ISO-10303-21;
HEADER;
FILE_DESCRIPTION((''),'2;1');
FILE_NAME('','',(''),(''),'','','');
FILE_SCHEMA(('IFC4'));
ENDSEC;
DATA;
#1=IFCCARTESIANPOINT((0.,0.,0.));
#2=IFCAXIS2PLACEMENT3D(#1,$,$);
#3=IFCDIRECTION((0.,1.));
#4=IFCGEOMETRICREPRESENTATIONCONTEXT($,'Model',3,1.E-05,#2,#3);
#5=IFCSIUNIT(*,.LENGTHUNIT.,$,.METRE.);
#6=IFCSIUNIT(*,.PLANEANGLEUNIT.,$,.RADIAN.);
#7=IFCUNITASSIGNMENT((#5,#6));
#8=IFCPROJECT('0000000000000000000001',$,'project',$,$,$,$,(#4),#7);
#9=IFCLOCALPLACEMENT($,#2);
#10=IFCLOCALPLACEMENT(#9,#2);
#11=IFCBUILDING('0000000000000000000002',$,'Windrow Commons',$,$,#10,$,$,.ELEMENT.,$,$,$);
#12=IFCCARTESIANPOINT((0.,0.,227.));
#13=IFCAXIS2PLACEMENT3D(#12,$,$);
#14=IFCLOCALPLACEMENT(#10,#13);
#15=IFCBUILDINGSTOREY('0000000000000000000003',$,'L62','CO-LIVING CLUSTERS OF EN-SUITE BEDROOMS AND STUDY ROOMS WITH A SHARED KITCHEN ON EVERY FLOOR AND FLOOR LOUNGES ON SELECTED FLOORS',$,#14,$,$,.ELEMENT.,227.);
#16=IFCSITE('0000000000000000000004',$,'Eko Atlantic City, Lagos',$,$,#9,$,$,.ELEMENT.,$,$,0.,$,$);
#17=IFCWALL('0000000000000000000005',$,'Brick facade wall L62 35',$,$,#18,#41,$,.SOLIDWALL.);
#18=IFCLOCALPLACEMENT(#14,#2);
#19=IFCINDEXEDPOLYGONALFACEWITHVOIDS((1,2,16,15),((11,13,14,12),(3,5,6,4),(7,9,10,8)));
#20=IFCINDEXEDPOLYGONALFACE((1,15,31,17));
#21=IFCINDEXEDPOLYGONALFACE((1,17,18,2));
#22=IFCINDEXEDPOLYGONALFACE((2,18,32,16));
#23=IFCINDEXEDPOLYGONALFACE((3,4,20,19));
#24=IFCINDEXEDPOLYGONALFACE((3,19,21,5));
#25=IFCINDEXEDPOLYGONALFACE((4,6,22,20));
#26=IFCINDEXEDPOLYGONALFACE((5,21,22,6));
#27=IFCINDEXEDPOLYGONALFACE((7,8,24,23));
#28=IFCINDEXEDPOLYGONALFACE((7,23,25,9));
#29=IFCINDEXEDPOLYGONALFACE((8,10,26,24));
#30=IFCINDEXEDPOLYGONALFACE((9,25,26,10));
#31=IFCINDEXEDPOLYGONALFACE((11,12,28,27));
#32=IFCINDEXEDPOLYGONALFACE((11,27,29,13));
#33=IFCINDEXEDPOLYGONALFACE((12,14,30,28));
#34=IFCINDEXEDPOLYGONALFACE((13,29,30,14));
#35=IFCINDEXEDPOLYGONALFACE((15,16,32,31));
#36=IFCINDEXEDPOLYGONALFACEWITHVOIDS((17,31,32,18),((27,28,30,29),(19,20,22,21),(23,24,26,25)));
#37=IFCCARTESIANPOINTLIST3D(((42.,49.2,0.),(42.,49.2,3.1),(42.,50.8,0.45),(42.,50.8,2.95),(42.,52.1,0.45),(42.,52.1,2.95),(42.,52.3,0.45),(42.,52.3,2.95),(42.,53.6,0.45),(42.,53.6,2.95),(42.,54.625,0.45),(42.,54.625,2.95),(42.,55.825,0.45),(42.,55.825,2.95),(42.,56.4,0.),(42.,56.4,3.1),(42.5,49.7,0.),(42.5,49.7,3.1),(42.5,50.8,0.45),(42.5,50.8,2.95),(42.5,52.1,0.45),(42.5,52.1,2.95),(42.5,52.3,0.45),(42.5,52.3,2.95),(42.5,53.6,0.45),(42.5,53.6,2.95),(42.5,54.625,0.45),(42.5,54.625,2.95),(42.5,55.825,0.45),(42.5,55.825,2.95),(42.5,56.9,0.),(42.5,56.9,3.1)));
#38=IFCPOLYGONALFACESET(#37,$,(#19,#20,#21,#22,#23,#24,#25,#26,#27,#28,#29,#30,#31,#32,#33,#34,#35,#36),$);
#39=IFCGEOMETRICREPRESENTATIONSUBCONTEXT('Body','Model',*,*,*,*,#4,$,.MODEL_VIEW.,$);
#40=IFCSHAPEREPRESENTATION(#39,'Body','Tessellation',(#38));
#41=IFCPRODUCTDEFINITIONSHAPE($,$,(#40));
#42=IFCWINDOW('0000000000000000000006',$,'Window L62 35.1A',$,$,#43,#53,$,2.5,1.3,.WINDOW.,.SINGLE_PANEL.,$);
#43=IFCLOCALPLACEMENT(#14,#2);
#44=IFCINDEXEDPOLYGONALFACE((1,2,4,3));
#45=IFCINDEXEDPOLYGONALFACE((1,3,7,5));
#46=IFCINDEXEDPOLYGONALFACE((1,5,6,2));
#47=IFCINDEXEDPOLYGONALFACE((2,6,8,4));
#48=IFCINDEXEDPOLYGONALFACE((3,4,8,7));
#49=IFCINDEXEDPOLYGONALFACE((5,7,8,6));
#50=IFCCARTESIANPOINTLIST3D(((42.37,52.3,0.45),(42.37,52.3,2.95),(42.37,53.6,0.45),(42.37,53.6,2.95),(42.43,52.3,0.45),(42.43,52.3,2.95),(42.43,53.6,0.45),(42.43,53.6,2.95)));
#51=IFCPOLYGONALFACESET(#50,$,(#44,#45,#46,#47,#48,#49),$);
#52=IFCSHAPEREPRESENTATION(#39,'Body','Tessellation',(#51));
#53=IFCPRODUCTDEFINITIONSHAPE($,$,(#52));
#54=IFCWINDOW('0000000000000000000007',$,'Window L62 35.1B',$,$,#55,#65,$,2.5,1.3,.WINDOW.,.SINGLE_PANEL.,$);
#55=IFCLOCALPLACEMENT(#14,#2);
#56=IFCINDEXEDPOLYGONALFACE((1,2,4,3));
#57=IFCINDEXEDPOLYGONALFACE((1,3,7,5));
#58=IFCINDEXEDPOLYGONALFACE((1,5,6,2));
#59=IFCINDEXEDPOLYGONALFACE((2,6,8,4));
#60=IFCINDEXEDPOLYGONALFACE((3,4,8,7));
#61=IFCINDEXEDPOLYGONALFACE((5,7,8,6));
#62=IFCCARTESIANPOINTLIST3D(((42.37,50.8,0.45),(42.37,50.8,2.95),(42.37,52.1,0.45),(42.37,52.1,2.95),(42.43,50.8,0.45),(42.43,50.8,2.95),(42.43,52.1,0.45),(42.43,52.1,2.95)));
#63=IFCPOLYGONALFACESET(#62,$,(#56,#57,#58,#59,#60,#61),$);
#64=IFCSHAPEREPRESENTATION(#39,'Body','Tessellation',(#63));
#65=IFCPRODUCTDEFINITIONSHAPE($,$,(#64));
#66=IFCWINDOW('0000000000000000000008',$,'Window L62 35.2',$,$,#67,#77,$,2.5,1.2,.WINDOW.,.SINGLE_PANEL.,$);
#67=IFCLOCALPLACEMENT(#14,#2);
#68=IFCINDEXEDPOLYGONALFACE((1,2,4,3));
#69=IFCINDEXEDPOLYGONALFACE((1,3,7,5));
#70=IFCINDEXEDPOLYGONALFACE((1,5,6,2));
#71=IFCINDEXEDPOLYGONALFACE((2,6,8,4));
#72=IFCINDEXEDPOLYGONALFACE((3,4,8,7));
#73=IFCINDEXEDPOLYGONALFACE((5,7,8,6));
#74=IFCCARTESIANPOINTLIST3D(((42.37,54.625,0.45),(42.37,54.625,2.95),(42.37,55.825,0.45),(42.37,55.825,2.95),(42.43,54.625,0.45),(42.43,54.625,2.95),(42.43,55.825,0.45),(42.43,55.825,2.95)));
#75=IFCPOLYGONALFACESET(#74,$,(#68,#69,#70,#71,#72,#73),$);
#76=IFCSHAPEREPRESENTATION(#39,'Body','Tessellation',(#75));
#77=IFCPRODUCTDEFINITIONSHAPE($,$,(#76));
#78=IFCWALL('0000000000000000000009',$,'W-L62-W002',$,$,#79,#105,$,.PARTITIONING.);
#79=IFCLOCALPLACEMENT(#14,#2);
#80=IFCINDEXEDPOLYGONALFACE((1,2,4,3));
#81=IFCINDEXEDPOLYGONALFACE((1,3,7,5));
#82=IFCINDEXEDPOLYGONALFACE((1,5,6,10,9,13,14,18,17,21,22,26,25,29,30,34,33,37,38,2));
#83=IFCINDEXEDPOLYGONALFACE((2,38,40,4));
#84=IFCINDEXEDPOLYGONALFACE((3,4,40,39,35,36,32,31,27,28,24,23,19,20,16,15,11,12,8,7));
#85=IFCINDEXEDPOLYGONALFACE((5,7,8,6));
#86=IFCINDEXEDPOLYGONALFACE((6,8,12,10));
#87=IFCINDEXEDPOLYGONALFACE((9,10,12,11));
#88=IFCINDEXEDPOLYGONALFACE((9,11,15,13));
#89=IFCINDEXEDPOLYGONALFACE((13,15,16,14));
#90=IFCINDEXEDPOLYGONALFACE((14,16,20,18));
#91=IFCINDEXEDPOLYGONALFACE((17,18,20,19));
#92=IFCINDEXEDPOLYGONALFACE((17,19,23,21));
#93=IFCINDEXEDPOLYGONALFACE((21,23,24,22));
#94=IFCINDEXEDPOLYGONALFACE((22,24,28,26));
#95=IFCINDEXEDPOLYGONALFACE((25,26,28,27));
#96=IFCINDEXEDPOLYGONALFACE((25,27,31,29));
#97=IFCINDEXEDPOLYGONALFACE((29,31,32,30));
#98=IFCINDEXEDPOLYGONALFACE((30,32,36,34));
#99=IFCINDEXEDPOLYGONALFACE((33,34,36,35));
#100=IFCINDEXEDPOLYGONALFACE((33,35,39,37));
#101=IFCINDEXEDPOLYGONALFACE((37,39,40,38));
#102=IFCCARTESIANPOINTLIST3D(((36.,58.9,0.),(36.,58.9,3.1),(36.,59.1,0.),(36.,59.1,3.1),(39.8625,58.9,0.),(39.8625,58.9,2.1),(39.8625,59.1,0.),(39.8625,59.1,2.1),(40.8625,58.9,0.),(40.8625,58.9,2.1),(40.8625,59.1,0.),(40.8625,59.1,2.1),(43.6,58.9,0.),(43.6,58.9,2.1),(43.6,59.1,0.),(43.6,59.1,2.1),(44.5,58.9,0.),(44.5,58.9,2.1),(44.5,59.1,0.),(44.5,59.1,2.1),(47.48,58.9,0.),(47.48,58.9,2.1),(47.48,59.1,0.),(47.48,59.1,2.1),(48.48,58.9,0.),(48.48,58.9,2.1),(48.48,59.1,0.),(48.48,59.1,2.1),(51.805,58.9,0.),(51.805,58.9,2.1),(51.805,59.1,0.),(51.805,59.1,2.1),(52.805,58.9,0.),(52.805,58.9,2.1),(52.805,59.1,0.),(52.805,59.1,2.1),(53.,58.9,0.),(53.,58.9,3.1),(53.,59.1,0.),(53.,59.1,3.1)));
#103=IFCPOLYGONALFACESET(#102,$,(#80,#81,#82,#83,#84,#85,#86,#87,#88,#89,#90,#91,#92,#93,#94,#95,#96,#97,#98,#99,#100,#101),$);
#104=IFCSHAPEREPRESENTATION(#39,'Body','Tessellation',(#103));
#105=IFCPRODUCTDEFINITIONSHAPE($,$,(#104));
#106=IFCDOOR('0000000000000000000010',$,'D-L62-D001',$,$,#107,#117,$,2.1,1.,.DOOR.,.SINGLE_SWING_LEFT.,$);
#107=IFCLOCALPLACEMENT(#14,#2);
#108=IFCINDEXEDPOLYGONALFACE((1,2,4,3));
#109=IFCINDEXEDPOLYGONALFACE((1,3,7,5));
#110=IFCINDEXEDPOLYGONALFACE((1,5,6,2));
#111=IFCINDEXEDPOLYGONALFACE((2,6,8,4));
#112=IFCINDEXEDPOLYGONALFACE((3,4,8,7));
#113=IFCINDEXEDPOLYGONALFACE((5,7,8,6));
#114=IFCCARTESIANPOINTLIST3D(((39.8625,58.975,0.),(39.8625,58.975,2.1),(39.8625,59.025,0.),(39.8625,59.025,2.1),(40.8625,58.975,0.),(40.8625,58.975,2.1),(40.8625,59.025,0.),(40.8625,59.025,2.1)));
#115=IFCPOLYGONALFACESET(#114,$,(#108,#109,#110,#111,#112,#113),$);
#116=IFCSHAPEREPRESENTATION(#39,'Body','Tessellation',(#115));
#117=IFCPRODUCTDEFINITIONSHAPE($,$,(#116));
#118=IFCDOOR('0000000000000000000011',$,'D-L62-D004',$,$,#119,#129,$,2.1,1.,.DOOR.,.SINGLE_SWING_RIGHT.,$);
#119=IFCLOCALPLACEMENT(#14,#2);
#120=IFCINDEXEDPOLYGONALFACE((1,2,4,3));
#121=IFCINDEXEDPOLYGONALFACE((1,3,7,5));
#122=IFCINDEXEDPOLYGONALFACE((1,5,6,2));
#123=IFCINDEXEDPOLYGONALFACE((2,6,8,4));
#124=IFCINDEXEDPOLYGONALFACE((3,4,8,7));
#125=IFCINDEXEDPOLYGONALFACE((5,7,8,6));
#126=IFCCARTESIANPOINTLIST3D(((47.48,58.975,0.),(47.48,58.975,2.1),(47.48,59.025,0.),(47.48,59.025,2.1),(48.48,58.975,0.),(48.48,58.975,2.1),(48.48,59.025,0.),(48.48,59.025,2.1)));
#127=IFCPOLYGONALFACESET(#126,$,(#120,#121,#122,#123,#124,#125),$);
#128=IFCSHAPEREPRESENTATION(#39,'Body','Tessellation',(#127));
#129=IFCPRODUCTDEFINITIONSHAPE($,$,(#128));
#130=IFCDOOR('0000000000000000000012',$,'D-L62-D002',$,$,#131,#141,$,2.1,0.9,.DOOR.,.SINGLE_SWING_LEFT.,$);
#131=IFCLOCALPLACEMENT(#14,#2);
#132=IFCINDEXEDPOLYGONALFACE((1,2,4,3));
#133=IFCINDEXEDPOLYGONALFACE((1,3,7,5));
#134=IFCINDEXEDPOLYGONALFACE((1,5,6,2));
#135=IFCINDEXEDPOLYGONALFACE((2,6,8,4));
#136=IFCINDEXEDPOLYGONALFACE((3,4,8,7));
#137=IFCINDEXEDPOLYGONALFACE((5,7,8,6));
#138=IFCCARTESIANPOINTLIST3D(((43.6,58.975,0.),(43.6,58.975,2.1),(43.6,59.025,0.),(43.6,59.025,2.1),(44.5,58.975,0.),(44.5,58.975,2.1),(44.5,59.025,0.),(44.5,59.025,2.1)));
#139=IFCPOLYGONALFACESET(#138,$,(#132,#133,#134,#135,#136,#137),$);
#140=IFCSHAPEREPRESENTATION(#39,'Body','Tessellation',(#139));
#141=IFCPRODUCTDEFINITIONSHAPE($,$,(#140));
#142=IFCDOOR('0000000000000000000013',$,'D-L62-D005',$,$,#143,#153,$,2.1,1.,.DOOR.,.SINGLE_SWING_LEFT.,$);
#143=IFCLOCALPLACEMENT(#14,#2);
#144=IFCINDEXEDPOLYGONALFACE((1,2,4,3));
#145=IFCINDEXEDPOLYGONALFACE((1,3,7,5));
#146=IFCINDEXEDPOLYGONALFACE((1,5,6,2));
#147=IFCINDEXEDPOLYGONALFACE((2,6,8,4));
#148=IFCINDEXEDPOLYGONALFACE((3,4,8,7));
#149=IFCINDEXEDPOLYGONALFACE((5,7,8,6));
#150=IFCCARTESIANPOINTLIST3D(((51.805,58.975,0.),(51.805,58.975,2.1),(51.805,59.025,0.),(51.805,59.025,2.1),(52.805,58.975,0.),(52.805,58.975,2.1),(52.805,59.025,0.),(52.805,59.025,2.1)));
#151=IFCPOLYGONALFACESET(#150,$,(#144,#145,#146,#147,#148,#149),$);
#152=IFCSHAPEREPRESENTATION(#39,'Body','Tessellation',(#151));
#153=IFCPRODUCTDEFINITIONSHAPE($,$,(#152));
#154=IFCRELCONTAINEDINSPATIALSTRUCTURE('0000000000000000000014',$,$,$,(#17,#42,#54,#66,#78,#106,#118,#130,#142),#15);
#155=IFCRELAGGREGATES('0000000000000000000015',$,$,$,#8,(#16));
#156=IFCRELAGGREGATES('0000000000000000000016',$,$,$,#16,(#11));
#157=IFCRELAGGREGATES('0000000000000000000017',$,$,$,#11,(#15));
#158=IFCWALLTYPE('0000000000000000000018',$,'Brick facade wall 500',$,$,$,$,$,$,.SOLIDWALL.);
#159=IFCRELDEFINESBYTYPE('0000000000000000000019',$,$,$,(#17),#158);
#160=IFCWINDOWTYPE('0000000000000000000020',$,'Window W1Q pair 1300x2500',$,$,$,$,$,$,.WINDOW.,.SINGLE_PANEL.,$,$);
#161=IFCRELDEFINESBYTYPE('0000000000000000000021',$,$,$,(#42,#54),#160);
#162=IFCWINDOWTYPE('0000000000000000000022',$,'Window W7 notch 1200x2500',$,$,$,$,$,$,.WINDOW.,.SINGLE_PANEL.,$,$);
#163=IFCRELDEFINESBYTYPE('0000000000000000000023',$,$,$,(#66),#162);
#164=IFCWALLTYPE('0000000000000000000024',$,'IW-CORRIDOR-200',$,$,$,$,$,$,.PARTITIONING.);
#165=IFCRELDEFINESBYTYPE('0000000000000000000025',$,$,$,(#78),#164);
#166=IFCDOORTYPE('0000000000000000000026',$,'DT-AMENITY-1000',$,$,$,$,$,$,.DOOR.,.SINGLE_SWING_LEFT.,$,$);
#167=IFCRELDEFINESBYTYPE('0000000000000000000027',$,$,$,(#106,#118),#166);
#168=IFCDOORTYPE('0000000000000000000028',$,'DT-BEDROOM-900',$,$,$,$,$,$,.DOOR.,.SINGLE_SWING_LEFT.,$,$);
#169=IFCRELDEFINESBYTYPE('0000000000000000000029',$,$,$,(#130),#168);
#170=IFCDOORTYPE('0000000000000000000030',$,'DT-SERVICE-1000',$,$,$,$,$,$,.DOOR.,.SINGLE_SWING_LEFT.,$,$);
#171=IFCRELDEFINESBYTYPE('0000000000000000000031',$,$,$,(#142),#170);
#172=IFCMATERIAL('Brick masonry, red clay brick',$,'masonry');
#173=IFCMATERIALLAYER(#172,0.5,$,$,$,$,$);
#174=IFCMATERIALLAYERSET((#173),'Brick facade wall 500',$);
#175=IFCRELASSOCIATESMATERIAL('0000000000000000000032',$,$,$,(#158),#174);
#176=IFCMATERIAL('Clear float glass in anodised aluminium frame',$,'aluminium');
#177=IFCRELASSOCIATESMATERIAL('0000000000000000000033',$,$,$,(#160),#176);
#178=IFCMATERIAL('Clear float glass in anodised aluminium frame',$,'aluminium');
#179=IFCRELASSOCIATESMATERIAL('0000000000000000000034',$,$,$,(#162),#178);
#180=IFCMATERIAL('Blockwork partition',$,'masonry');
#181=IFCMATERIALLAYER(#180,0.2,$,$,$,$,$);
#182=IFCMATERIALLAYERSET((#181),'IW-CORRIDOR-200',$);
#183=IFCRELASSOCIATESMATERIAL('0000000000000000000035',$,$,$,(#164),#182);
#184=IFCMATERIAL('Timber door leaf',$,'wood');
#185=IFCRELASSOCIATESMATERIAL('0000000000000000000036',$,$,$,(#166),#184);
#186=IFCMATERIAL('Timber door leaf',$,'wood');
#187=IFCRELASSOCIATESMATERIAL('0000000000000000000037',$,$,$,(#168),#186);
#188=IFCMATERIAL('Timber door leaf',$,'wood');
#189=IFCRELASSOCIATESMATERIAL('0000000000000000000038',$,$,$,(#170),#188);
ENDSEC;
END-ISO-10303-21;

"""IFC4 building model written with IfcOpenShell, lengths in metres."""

from ifc_helpers import new_model, si_unit, direction, frame, frame_2d, origin, place, context, subcontext, project, spatial, polyline, rectangle, outline, extrude, material, layer, layer_set, type_object, element, fill, save


model = new_model("IFC4")

# Units and contexts
model_context = context("Model", 3, precision=1e-05, world=origin(), true_north=direction((0.0, 1.0)))
body_context = subcontext(model_context, "Body", "Model", "MODEL_VIEW")
ifc_project = project(units=[si_unit("LENGTHUNIT", "METRE"), si_unit("PLANEANGLEUNIT", "RADIAN")], contexts=[model_context])

# Site, building, storey
site_placement = place(None, origin())
site = spatial("IfcSite", under=ifc_project, at=site_placement, Name="Eko Atlantic City, Lagos", CompositionType="ELEMENT", RefElevation=0.0)
building_placement = place(site_placement, origin())
building = spatial("IfcBuilding", under=site, at=building_placement, Name="Windrow Commons", CompositionType="ELEMENT")
storey_placement = place(building_placement, frame((0.0, 0.0, 227.0)))
storey = spatial("IfcBuildingStorey", under=building, at=storey_placement, Name="L62", Description="CO-LIVING CLUSTERS OF EN-SUITE BEDROOMS AND STUDY ROOMS WITH A SHARED KITCHEN ON EVERY FLOOR AND FLOOR LOUNGES ON SELECTED FLOORS", CompositionType="ELEMENT", Elevation=227.0)

# Wall, openings, windows
ifc_material_1 = material(Name="Brick masonry, red clay brick", Category="masonry")
ifc_layer_1 = layer(ifc_material_1, 0.5)
ifc_layer_set_1 = layer_set([ifc_layer_1], Name="Brick facade wall 500")
wall_type_1 = type_object("IfcWallType", Name="Brick facade wall 500", PredefinedType="SOLIDWALL", material=ifc_layer_set_1)
ifc_material_2 = material(Name="Clear float glass in anodised aluminium frame", Category="aluminium")
window_type_1 = type_object("IfcWindowType", Name="Window W1Q pair 1300x2500", PartitioningType="SINGLE_PANEL", PredefinedType="WINDOW", material=ifc_material_2)
ifc_material_3 = material(Name="Clear float glass in anodised aluminium frame", Category="aluminium")
window_type_2 = type_object("IfcWindowType", Name="Window W7 notch 1200x2500", PartitioningType="SINGLE_PANEL", PredefinedType="WINDOW", material=ifc_material_3)
wall_1_placement = place(storey_placement, frame((42.25, 56.65, 0.0), z_axis=(0.0, 0.0, 1.0), x_axis=(0.0, -1.0, 0.0)))
wall_1 = element("IfcWall", 1, at=wall_1_placement, inside=storey, type_object=wall_type_1, Name="Brick facade wall L62 35", PredefinedType="SOLIDWALL", context=body_context, shape_type="SweptSolid", body=[
    extrude(outline(polyline([(0.25, -0.25), (7.45, -0.25), (6.95, 0.25), (-0.25, 0.25), (0.25, -0.25)])), origin(), (0.0, 0.0, 1.0), 3.1),
])
opening_1_placement = place(wall_1_placement, frame((3.05, 0.0, 0.45)))
opening_1 = element("IfcOpeningElement", 2, at=opening_1_placement, cuts=wall_1, PredefinedType="OPENING", context=body_context, shape_type="SweptSolid", body=[
    extrude(rectangle(XDim=1.3, YDim=2.5, at=frame_2d((0.65, 1.25))), frame((0.0, 0.26, 0.0), z_axis=(0.0, -1.0, 0.0), x_axis=(1.0, 0.0, 0.0)), (0.0, 0.0, 1.0), 0.52),
])
opening_2_placement = place(wall_1_placement, frame((4.55, 0.0, 0.45)))
opening_2 = element("IfcOpeningElement", 3, at=opening_2_placement, cuts=wall_1, PredefinedType="OPENING", context=body_context, shape_type="SweptSolid", body=[
    extrude(rectangle(XDim=1.3, YDim=2.5, at=frame_2d((0.65, 1.25))), frame((0.0, 0.26, 0.0), z_axis=(0.0, -1.0, 0.0), x_axis=(1.0, 0.0, 0.0)), (0.0, 0.0, 1.0), 0.52),
])
opening_3_placement = place(wall_1_placement, frame((0.825, 0.0, 0.45)))
opening_3 = element("IfcOpeningElement", 4, at=opening_3_placement, cuts=wall_1, PredefinedType="OPENING", context=body_context, shape_type="SweptSolid", body=[
    extrude(rectangle(XDim=1.2, YDim=2.5, at=frame_2d((0.6, 1.25))), frame((0.0, 0.26, 0.0), z_axis=(0.0, -1.0, 0.0), x_axis=(1.0, 0.0, 0.0)), (0.0, 0.0, 1.0), 0.52),
])
window_1_placement = place(opening_1_placement, origin())
window_1 = element("IfcWindow", 5, at=window_1_placement, inside=storey, type_object=window_type_1, Name="Window L62 35.1A", OverallHeight=2.5, OverallWidth=1.3, PartitioningType="SINGLE_PANEL", PredefinedType="WINDOW", context=body_context, shape_type="SweptSolid", body=[
    extrude(rectangle(XDim=1.3, YDim=2.5, at=frame_2d((0.65, 1.25))), frame((0.0, 0.18, 0.0), z_axis=(0.0, -1.0, 0.0), x_axis=(1.0, 0.0, 0.0)), (0.0, 0.0, 1.0), 0.06),
])
fill(opening_1, window_1)
window_2_placement = place(opening_2_placement, origin())
window_2 = element("IfcWindow", 6, at=window_2_placement, inside=storey, type_object=window_type_1, Name="Window L62 35.1B", OverallHeight=2.5, OverallWidth=1.3, PartitioningType="SINGLE_PANEL", PredefinedType="WINDOW", context=body_context, shape_type="SweptSolid", body=[
    extrude(rectangle(XDim=1.3, YDim=2.5, at=frame_2d((0.65, 1.25))), frame((0.0, 0.18, 0.0), z_axis=(0.0, -1.0, 0.0), x_axis=(1.0, 0.0, 0.0)), (0.0, 0.0, 1.0), 0.06),
])
fill(opening_2, window_2)
window_3_placement = place(opening_3_placement, origin())
window_3 = element("IfcWindow", 7, at=window_3_placement, inside=storey, type_object=window_type_2, Name="Window L62 35.2", OverallHeight=2.5, OverallWidth=1.2, PartitioningType="SINGLE_PANEL", PredefinedType="WINDOW", context=body_context, shape_type="SweptSolid", body=[
    extrude(rectangle(XDim=1.2, YDim=2.5, at=frame_2d((0.6, 1.25))), frame((0.0, 0.18, 0.0), z_axis=(0.0, -1.0, 0.0), x_axis=(1.0, 0.0, 0.0)), (0.0, 0.0, 1.0), 0.06),
])
fill(opening_3, window_3)

# Wall, openings, doors
ifc_material_4 = material(Name="Blockwork partition", Category="masonry")
ifc_layer_2 = layer(ifc_material_4, 0.2)
ifc_layer_set_2 = layer_set([ifc_layer_2], Name="IW-CORRIDOR-200")
wall_type_2 = type_object("IfcWallType", Name="IW-CORRIDOR-200", PredefinedType="PARTITIONING", material=ifc_layer_set_2)
wall_2_placement = place(storey_placement, frame((36.0, 59.0, 0.0), z_axis=(0.0, 0.0, 1.0), x_axis=(1.0, 0.0, 0.0)))
wall_2 = element("IfcWall", 8, at=wall_2_placement, inside=storey, type_object=wall_type_2, Name="W-L62-W002", PredefinedType="PARTITIONING", context=body_context, shape_type="SweptSolid", body=[
    extrude(rectangle(XDim=17.0, YDim=0.2, at=frame_2d((8.5, 0.0))), origin(), (0.0, 0.0, 1.0), 3.1),
])
opening_4_placement = place(wall_2_placement, frame((3.8625, 0.0, 0.0)))
opening_4 = element("IfcOpeningElement", 9, at=opening_4_placement, cuts=wall_2, PredefinedType="OPENING", context=body_context, shape_type="SweptSolid", body=[
    extrude(rectangle(XDim=1.0, YDim=2.1, at=frame_2d((0.5, 1.05))), frame((0.0, 0.11, 0.0), z_axis=(0.0, -1.0, 0.0), x_axis=(1.0, 0.0, 0.0)), (0.0, 0.0, 1.0), 0.22),
])
opening_5_placement = place(wall_2_placement, frame((7.6, 0.0, 0.0)))
opening_5 = element("IfcOpeningElement", 10, at=opening_5_placement, cuts=wall_2, PredefinedType="OPENING", context=body_context, shape_type="SweptSolid", body=[
    extrude(rectangle(XDim=0.9, YDim=2.1, at=frame_2d((0.45, 1.05))), frame((0.0, 0.11, 0.0), z_axis=(0.0, -1.0, 0.0), x_axis=(1.0, 0.0, 0.0)), (0.0, 0.0, 1.0), 0.22),
])
opening_6_placement = place(wall_2_placement, frame((11.48, 0.0, 0.0)))
opening_6 = element("IfcOpeningElement", 11, at=opening_6_placement, cuts=wall_2, PredefinedType="OPENING", context=body_context, shape_type="SweptSolid", body=[
    extrude(rectangle(XDim=1.0, YDim=2.1, at=frame_2d((0.5, 1.05))), frame((0.0, 0.11, 0.0), z_axis=(0.0, -1.0, 0.0), x_axis=(1.0, 0.0, 0.0)), (0.0, 0.0, 1.0), 0.22),
])
opening_7_placement = place(wall_2_placement, frame((15.805, 0.0, 0.0)))
opening_7 = element("IfcOpeningElement", 12, at=opening_7_placement, cuts=wall_2, PredefinedType="OPENING", context=body_context, shape_type="SweptSolid", body=[
    extrude(rectangle(XDim=1.0, YDim=2.1, at=frame_2d((0.5, 1.05))), frame((0.0, 0.11, 0.0), z_axis=(0.0, -1.0, 0.0), x_axis=(1.0, 0.0, 0.0)), (0.0, 0.0, 1.0), 0.22),
])
ifc_material_5 = material(Name="Timber door leaf", Category="wood")
door_type_1 = type_object("IfcDoorType", Name="DT-AMENITY-1000", OperationType="SINGLE_SWING_LEFT", PredefinedType="DOOR", material=ifc_material_5)
door_1_placement = place(opening_4_placement, origin())
door_1 = element("IfcDoor", 13, at=door_1_placement, inside=storey, type_object=door_type_1, Name="D-L62-D001", OperationType="SINGLE_SWING_LEFT", OverallHeight=2.1, OverallWidth=1.0, PredefinedType="DOOR", context=body_context, shape_type="SweptSolid", body=[
    extrude(rectangle(XDim=1.0, YDim=2.1, at=frame_2d((0.5, 1.05))), frame((0.0, 0.025, 0.0), z_axis=(0.0, -1.0, 0.0), x_axis=(1.0, 0.0, 0.0)), (0.0, 0.0, 1.0), 0.05),
])
fill(opening_4, door_1)
door_2_placement = place(opening_6_placement, origin())
door_2 = element("IfcDoor", 14, at=door_2_placement, inside=storey, type_object=door_type_1, Name="D-L62-D004", OperationType="SINGLE_SWING_RIGHT", OverallHeight=2.1, OverallWidth=1.0, PredefinedType="DOOR", context=body_context, shape_type="SweptSolid", body=[
    extrude(rectangle(XDim=1.0, YDim=2.1, at=frame_2d((0.5, 1.05))), frame((0.0, 0.025, 0.0), z_axis=(0.0, -1.0, 0.0), x_axis=(1.0, 0.0, 0.0)), (0.0, 0.0, 1.0), 0.05),
])
fill(opening_6, door_2)
ifc_material_6 = material(Name="Timber door leaf", Category="wood")
door_type_2 = type_object("IfcDoorType", Name="DT-BEDROOM-900", OperationType="SINGLE_SWING_LEFT", PredefinedType="DOOR", material=ifc_material_6)
door_3_placement = place(opening_5_placement, origin())
door_3 = element("IfcDoor", 15, at=door_3_placement, inside=storey, type_object=door_type_2, Name="D-L62-D002", OperationType="SINGLE_SWING_LEFT", OverallHeight=2.1, OverallWidth=0.9, PredefinedType="DOOR", context=body_context, shape_type="SweptSolid", body=[
    extrude(rectangle(XDim=0.9, YDim=2.1, at=frame_2d((0.45, 1.05))), frame((0.0, 0.025, 0.0), z_axis=(0.0, -1.0, 0.0), x_axis=(1.0, 0.0, 0.0)), (0.0, 0.0, 1.0), 0.05),
])
fill(opening_5, door_3)
ifc_material_7 = material(Name="Timber door leaf", Category="wood")
door_type_3 = type_object("IfcDoorType", Name="DT-SERVICE-1000", OperationType="SINGLE_SWING_LEFT", PredefinedType="DOOR", material=ifc_material_7)
door_4_placement = place(opening_7_placement, origin())
door_4 = element("IfcDoor", 16, at=door_4_placement, inside=storey, type_object=door_type_3, Name="D-L62-D005", OperationType="SINGLE_SWING_LEFT", OverallHeight=2.1, OverallWidth=1.0, PredefinedType="DOOR", context=body_context, shape_type="SweptSolid", body=[
    extrude(rectangle(XDim=1.0, YDim=2.1, at=frame_2d((0.5, 1.05))), frame((0.0, 0.025, 0.0), z_axis=(0.0, -1.0, 0.0), x_axis=(1.0, 0.0, 0.0)), (0.0, 0.0, 1.0), 0.05),
])
fill(opening_7, door_4)

save(model, "model.ifc")
